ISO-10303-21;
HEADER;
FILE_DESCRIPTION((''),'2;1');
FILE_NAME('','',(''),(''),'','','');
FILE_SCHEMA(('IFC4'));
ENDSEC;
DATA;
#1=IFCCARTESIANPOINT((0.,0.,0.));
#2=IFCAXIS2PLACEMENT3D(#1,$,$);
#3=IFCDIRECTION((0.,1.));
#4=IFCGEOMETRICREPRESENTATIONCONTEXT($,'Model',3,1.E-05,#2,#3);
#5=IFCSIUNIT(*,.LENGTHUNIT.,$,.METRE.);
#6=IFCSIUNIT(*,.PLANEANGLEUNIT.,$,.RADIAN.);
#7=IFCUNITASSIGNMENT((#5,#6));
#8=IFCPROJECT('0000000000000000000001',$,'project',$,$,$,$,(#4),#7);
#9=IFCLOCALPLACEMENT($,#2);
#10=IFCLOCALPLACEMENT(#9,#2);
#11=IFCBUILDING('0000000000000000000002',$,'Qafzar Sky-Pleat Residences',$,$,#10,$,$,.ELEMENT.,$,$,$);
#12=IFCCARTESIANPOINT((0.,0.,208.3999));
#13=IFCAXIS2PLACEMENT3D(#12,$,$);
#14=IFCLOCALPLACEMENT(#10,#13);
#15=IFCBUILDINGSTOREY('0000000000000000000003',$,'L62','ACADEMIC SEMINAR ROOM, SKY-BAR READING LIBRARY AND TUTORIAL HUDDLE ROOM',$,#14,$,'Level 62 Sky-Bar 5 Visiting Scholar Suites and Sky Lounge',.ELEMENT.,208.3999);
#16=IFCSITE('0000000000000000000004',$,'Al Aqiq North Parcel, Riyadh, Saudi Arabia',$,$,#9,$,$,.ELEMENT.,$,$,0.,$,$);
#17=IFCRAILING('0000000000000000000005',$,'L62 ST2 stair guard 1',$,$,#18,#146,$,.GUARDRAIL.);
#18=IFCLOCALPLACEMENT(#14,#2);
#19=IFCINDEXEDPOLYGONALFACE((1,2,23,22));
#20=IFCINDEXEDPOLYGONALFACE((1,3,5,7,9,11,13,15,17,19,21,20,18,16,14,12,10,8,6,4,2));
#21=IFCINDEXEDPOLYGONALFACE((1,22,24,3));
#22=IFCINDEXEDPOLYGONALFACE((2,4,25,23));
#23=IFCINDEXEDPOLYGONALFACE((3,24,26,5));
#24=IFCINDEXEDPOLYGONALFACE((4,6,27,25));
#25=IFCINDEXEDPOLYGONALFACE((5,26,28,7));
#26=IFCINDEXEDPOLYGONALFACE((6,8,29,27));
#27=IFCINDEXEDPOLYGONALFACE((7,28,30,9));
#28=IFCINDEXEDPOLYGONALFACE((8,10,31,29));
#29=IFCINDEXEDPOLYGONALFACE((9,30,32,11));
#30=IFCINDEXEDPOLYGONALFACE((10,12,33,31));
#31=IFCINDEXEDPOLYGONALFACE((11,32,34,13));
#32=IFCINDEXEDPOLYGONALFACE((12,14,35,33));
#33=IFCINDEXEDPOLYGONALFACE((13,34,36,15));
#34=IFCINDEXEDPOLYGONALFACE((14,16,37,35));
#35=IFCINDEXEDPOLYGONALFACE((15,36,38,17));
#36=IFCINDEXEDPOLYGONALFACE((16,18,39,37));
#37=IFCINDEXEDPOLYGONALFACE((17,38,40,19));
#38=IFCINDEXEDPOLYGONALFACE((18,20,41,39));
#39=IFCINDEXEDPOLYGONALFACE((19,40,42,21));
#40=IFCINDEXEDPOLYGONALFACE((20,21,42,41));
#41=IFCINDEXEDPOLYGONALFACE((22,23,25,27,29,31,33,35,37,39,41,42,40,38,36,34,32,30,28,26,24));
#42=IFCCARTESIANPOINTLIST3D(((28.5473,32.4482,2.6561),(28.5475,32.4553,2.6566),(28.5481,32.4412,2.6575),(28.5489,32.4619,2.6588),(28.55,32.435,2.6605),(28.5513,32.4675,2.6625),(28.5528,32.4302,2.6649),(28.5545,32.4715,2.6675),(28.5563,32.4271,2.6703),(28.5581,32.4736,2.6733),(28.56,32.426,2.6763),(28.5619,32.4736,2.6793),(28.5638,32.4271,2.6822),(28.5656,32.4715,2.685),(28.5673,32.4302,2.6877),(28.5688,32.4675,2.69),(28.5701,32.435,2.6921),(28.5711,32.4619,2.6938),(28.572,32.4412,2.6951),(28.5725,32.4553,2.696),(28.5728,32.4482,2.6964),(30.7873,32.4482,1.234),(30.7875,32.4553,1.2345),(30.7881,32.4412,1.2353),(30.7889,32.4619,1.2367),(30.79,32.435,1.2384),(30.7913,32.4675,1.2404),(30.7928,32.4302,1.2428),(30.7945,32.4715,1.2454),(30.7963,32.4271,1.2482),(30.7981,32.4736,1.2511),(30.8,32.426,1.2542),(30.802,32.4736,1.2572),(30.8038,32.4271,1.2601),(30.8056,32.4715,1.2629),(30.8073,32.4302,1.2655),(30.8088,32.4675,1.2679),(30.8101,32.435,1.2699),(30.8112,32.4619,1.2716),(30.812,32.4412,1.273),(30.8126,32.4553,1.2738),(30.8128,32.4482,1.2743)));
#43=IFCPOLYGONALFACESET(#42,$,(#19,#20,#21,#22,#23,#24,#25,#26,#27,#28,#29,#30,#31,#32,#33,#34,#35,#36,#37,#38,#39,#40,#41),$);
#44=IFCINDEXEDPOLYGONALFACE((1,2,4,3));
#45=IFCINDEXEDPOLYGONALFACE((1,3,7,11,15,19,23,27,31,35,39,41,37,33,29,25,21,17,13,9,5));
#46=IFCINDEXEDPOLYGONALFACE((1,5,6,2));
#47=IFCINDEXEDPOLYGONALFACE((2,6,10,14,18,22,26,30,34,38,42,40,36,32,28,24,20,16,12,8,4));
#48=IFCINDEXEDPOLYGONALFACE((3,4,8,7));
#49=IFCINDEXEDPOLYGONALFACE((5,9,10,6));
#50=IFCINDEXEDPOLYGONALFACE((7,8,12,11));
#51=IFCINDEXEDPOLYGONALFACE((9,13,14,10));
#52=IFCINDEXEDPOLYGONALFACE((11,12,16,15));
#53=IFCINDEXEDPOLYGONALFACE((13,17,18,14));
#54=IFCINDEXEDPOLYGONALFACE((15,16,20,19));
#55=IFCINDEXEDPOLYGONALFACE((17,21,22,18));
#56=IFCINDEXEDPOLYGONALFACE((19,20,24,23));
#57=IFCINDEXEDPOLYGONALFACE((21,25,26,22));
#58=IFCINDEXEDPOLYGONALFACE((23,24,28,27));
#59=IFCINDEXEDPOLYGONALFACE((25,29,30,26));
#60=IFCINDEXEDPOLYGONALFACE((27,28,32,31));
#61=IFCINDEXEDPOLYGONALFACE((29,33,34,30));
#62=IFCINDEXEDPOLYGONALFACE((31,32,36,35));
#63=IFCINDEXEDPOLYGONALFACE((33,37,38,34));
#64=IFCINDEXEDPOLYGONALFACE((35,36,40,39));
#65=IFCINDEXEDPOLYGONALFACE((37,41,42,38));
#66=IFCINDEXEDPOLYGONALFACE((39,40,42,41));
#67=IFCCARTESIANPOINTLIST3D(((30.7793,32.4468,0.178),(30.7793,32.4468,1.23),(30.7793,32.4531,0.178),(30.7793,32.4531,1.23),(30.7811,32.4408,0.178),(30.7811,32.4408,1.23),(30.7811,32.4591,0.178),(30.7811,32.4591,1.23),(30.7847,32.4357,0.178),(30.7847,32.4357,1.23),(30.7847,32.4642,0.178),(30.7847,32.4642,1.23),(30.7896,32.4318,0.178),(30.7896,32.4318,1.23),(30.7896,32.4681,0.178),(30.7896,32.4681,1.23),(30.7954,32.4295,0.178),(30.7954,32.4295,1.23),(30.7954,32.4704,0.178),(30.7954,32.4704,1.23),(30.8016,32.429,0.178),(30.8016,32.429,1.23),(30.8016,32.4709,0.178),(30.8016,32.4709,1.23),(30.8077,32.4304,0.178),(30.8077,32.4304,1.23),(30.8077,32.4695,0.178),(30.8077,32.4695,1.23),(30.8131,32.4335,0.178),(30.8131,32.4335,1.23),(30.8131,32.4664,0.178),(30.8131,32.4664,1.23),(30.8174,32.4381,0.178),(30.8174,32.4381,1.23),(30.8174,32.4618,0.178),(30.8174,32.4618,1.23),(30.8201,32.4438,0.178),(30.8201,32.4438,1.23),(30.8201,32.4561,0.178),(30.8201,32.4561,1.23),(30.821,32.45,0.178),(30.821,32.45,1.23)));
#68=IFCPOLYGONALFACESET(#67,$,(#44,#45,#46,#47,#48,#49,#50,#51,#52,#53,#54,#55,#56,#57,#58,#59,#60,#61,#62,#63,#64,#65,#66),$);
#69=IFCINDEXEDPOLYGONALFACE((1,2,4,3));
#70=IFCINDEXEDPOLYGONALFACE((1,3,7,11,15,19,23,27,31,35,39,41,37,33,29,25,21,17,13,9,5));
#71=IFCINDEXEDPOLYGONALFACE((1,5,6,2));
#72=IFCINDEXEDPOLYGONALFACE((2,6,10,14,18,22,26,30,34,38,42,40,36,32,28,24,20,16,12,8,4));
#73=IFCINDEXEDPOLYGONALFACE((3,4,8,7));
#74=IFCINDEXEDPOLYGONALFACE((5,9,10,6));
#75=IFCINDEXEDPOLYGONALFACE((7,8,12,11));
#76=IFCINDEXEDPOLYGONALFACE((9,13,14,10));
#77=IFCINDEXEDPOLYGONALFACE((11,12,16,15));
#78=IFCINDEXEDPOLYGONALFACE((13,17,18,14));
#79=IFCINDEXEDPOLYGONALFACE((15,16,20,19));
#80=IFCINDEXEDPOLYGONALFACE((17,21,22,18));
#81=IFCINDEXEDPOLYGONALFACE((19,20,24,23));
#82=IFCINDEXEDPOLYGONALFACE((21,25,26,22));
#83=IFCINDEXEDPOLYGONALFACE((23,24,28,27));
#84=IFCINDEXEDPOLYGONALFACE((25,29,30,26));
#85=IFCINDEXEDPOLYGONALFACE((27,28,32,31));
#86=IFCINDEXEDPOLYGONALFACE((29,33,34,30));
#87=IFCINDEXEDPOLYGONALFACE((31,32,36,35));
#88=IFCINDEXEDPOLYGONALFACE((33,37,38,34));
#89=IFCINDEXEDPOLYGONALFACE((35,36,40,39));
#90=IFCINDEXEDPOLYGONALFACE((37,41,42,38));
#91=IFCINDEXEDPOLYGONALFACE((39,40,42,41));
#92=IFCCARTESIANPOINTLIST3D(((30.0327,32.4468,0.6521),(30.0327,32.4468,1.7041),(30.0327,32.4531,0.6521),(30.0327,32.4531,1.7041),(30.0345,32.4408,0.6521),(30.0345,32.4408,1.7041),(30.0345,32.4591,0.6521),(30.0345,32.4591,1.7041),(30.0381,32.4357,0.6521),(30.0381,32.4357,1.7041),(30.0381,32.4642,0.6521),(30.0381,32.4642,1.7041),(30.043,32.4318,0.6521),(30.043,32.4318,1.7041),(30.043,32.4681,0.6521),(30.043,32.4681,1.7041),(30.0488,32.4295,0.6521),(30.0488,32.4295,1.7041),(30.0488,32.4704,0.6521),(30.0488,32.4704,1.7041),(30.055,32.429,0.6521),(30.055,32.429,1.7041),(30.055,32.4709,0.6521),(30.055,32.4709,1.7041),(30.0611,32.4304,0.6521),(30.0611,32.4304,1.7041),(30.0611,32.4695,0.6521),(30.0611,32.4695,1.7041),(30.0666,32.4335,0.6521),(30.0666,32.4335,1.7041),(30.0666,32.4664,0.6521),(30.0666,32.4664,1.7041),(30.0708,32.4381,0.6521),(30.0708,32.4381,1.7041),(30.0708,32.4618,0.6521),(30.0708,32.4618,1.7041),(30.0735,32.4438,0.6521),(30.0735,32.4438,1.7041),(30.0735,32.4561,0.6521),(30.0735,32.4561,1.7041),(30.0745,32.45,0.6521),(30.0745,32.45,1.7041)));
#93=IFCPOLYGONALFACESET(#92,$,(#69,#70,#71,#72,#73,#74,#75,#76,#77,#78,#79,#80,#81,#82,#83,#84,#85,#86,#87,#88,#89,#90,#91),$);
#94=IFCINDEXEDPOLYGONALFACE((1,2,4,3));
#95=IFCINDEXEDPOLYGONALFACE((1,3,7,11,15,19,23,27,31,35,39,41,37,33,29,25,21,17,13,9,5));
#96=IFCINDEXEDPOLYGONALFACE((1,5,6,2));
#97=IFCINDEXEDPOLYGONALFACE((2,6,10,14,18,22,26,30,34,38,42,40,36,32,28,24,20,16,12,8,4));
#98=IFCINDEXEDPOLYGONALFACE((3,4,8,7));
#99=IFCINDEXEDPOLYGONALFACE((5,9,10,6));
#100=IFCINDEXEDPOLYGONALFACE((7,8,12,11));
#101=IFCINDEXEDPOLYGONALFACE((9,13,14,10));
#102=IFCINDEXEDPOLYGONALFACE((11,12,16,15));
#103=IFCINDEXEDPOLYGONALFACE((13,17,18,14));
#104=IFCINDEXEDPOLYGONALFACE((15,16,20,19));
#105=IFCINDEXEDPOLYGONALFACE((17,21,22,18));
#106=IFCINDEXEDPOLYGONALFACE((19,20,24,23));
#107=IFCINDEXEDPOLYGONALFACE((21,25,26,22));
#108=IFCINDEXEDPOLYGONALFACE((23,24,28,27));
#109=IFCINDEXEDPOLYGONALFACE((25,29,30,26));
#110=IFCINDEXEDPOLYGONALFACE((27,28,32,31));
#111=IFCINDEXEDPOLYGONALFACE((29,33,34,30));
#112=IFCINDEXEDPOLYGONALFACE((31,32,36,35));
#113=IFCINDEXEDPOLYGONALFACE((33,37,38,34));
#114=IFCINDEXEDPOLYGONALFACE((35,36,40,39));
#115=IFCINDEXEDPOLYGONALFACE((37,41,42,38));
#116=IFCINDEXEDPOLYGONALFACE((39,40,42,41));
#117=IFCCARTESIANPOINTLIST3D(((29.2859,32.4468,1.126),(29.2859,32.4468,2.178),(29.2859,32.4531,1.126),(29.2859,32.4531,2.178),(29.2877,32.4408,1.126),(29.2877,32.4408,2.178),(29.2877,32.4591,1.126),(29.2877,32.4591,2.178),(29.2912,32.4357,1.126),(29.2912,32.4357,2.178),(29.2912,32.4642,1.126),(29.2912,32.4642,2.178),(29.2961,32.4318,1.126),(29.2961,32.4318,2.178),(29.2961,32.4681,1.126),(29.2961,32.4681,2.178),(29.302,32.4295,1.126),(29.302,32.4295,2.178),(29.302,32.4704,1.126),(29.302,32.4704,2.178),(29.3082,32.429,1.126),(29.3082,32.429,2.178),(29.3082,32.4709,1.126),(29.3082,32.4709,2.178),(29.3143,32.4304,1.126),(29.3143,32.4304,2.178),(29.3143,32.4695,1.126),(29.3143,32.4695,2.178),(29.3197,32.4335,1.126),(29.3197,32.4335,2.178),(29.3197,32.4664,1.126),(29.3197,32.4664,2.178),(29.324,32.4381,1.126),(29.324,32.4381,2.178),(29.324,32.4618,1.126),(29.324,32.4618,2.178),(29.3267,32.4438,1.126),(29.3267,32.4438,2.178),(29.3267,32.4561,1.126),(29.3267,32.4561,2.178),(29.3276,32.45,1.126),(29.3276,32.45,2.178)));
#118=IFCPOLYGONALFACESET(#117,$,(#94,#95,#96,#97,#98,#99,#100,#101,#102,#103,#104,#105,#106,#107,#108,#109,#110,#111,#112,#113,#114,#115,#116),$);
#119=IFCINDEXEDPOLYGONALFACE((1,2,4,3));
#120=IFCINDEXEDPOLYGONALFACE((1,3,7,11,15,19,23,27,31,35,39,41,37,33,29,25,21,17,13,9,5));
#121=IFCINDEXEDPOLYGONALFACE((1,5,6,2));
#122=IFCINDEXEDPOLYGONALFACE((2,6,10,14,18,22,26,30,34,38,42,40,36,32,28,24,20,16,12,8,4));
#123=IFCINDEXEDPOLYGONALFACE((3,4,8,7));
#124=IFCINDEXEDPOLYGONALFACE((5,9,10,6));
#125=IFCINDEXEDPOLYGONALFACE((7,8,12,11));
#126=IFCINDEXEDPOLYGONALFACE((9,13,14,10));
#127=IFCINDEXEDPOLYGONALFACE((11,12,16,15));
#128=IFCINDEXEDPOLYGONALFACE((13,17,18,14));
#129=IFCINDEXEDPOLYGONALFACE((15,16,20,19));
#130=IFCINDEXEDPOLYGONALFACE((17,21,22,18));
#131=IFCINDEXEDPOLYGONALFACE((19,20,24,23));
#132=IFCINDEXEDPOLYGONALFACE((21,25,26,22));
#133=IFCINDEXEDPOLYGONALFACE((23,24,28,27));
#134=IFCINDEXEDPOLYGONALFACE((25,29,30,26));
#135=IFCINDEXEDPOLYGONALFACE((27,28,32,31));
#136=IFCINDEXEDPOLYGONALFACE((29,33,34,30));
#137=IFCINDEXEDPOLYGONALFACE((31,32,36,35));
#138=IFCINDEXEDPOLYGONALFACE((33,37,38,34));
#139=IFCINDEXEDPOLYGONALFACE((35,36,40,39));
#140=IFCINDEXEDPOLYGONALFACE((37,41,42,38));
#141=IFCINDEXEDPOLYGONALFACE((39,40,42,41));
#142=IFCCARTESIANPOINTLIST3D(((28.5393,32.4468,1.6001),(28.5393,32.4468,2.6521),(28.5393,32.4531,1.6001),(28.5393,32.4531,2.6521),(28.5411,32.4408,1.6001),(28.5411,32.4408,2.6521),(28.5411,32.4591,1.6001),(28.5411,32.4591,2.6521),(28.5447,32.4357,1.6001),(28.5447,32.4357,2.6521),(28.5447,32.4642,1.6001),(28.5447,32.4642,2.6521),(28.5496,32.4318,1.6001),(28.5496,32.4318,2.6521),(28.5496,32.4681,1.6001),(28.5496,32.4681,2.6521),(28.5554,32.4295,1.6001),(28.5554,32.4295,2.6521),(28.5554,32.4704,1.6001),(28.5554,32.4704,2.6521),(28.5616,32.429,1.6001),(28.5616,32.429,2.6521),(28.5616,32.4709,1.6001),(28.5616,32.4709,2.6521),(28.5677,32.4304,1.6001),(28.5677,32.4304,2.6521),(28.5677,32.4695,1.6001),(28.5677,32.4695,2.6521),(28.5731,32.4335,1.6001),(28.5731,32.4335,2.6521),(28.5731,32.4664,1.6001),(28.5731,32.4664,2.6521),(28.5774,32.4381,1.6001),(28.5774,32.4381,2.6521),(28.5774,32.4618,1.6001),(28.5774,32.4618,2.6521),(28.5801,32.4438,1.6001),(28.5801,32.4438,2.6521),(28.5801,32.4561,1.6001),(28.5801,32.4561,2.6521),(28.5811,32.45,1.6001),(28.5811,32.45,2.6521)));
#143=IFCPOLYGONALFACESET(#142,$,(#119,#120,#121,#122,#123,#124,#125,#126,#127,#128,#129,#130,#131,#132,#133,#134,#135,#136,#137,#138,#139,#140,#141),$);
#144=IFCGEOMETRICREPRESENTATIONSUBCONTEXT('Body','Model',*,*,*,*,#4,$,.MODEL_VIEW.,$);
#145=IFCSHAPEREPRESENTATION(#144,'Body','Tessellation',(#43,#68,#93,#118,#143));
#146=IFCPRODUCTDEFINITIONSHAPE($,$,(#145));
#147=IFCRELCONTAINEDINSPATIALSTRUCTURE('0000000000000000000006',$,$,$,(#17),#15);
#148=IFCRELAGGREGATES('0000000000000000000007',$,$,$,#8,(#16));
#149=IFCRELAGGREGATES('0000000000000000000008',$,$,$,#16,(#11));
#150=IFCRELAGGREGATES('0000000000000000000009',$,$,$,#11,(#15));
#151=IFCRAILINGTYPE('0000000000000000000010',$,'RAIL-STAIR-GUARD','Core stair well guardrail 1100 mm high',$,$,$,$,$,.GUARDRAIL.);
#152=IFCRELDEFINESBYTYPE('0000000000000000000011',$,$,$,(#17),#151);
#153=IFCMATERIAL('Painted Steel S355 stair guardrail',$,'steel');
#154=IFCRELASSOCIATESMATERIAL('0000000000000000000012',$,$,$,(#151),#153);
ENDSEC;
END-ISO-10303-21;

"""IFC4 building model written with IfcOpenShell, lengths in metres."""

from ifc_helpers import new_model, si_unit, direction, frame, origin, origin_2d, place, context, subcontext, project, spatial, circle, extrude, source, transform, mapped, material, type_object, element, save


model = new_model("IFC4")

# Units and contexts
model_context = context("Model", 3, precision=1e-05, world=origin(), true_north=direction((0.0, 1.0)))
body_context = subcontext(model_context, "Body", "Model", "MODEL_VIEW")
ifc_project = project(units=[si_unit("LENGTHUNIT", "METRE"), si_unit("PLANEANGLEUNIT", "RADIAN")], contexts=[model_context])

# Site, building, storey
site_placement = place(None, origin())
site = spatial("IfcSite", under=ifc_project, at=site_placement, Name="Al Aqiq North Parcel, Riyadh, Saudi Arabia", CompositionType="ELEMENT", RefElevation=0.0)
building_placement = place(site_placement, origin())
building = spatial("IfcBuilding", under=site, at=building_placement, Name="Qafzar Sky-Pleat Residences", CompositionType="ELEMENT")
storey_placement = place(building_placement, frame((0.0, 0.0, 208.3999)))
storey = spatial("IfcBuildingStorey", under=building, at=storey_placement, Name="L62", Description="ACADEMIC SEMINAR ROOM, SKY-BAR READING LIBRARY AND TUTORIAL HUDDLE ROOM", LongName="Level 62 Sky-Bar 5 Visiting Scholar Suites and Sky Lounge", CompositionType="ELEMENT", Elevation=208.3999)

# Railing
ifc_material_1 = material(Name="Painted Steel S355 stair guardrail", Category="steel")
railing_type_1 = type_object("IfcRailingType", Name="RAIL-STAIR-GUARD", Description="Core stair well guardrail 1100 mm high", PredefinedType="GUARDRAIL", material=ifc_material_1)
shared_shape_1 = source(origin(), body_context, "Body", "SweptSolid", [
    extrude(circle(Radius=0.0239, at=origin_2d()), frame((0.0, 0.0, 1.0762), z_axis=(-0.844229, 0.0, 0.535982), x_axis=(0.0, -1.0, 0.0)), (0.0, 0.0, 1.0), 2.6533),
    extrude(circle(Radius=0.021, at=origin_2d()), origin(), (0.0, 0.0, 1.0), 1.052),
    extrude(circle(Radius=0.021, at=origin_2d()), frame((-0.7466, 0.0, 0.4741)), (0.0, 0.0, 1.0), 1.052),
    extrude(circle(Radius=0.021, at=origin_2d()), frame((-1.4934, 0.0, 0.948)), (0.0, 0.0, 1.0), 1.052),
    extrude(circle(Radius=0.021, at=origin_2d()), frame((-2.24, 0.0, 1.4221)), (0.0, 0.0, 1.0), 1.052),
])
railing_1_placement = place(storey_placement, frame((30.8, 32.45, 0.178)))
element("IfcRailing", 1, at=railing_1_placement, inside=storey, type_object=railing_type_1, Name="L62 ST2 stair guard 1", PredefinedType="GUARDRAIL", context=body_context, shape_type="MappedRepresentation", body=[
    mapped(shared_shape_1, transform((0.0, 0.0, 0.0), x_axis=(1.0, 0.0, 0.0), y_axis=(0.0, 1.0, 0.0), z_axis=(0.0, 0.0, 1.0), scale=1.0)),
])

save(model, "model.ifc")
